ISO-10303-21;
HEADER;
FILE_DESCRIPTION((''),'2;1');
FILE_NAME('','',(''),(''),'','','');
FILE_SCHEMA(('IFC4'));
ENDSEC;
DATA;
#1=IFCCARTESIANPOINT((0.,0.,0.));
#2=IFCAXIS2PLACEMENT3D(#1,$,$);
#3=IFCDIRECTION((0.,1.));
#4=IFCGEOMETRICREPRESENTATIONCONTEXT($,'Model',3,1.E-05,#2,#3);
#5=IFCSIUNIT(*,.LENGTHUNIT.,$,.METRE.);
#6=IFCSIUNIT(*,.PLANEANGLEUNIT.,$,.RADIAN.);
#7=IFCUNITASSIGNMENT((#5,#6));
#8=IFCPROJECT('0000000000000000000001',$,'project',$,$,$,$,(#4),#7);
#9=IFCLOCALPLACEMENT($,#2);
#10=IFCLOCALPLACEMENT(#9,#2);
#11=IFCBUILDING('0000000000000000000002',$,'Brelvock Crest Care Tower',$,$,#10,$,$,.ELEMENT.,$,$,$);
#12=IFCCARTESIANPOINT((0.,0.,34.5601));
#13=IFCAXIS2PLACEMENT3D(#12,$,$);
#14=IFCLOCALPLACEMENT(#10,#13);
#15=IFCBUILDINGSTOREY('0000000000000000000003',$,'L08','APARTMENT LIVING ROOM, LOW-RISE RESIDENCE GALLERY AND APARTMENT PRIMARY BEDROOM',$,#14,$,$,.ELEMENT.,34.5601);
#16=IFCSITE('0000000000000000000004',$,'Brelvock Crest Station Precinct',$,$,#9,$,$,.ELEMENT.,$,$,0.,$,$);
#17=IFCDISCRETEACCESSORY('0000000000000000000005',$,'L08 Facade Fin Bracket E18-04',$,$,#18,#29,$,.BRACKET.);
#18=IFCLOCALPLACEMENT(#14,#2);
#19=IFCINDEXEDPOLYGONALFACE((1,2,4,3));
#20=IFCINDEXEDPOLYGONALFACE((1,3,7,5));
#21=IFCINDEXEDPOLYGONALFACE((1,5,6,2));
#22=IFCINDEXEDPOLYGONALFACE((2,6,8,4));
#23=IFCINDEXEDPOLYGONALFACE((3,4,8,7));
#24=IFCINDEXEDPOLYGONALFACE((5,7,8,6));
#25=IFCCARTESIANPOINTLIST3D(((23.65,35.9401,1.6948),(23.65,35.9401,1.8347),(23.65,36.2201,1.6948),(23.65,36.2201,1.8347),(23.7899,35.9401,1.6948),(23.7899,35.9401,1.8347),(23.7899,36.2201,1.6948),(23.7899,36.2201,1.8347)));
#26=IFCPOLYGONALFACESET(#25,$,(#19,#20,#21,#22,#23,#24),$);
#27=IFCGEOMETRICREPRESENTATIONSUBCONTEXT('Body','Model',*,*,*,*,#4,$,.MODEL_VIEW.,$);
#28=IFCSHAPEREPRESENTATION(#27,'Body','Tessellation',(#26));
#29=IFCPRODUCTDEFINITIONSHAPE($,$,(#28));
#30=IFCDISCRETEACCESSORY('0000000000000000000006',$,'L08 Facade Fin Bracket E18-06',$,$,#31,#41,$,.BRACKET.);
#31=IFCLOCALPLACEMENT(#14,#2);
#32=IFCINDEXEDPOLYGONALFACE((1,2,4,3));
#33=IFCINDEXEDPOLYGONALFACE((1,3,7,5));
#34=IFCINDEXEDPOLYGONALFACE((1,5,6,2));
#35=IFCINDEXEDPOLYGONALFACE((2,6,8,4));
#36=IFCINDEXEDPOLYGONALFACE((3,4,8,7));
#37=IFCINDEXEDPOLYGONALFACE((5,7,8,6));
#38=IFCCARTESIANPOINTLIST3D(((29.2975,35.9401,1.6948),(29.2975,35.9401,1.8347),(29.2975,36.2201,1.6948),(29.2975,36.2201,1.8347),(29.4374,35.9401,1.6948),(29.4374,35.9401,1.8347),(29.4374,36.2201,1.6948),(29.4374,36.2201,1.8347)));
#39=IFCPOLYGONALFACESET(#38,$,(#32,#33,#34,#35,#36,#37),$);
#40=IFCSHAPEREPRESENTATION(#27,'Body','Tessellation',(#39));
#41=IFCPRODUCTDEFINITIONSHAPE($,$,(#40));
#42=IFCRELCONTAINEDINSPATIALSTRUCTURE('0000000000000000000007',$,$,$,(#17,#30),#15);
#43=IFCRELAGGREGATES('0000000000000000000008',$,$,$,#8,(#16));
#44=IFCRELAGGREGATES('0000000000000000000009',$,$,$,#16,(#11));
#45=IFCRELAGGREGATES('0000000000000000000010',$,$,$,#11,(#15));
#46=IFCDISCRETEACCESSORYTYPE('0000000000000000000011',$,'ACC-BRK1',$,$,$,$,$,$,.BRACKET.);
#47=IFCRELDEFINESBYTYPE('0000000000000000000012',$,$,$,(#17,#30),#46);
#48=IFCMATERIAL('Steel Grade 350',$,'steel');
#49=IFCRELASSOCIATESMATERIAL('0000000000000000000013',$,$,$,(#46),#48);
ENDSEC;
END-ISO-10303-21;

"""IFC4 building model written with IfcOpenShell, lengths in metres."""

from ifc_helpers import new_model, si_unit, direction, frame, origin, origin_2d, place, context, subcontext, project, spatial, rectangle, extrude, source, transform, mapped, material, type_object, element, save


model = new_model("IFC4")

# Units and contexts
model_context = context("Model", 3, precision=1e-05, world=origin(), true_north=direction((0.0, 1.0)))
body_context = subcontext(model_context, "Body", "Model", "MODEL_VIEW")
ifc_project = project(units=[si_unit("LENGTHUNIT", "METRE"), si_unit("PLANEANGLEUNIT", "RADIAN")], contexts=[model_context])

# Site, building, storey
site_placement = place(None, origin())
site = spatial("IfcSite", under=ifc_project, at=site_placement, Name="Brelvock Crest Station Precinct", CompositionType="ELEMENT", RefElevation=0.0)
building_placement = place(site_placement, origin())
building = spatial("IfcBuilding", under=site, at=building_placement, Name="Brelvock Crest Care Tower", CompositionType="ELEMENT")
storey_placement = place(building_placement, frame((0.0, 0.0, 34.5601)))
storey = spatial("IfcBuildingStorey", under=building, at=storey_placement, Name="L08", Description="APARTMENT LIVING ROOM, LOW-RISE RESIDENCE GALLERY AND APARTMENT PRIMARY BEDROOM", CompositionType="ELEMENT", Elevation=34.5601)

# Shared definitions
ifc_material_1 = material(Name="Steel Grade 350", Category="steel")

# Discrete accessories
discrete_accessory_type = type_object("IfcDiscreteAccessoryType", Name="ACC-BRK1", PredefinedType="BRACKET", material=ifc_material_1)
shared_shape_1 = source(origin(), body_context, "Body", "SweptSolid", [
    extrude(rectangle(XDim=0.28, YDim=0.1399, at=origin_2d()), origin(), (0.0, 0.0, 1.0), 0.1399),
])
for number, where, z_axis, x_axis, name in (
    (1, (23.72, 36.0801, 1.6948), (0.0, 0.0, 1.0), (0.0, 1.0, 0.0), "L08 Facade Fin Bracket E18-04"),
    (2, (29.3674, 36.0801, 1.6948), (0.0, 0.0, 1.0), (0.0, 1.0, 0.0), "L08 Facade Fin Bracket E18-06"),
):
    element("IfcDiscreteAccessory", number, at=place(storey_placement, frame(where, z_axis=z_axis, x_axis=x_axis)), inside=storey, type_object=discrete_accessory_type, Name=name, PredefinedType="BRACKET", context=body_context, shape_type="MappedRepresentation", body=[
        mapped(shared_shape_1, transform((0.0, 0.0, 0.0), x_axis=(1.0, 0.0, 0.0), y_axis=(0.0, 1.0, 0.0), z_axis=(0.0, 0.0, 1.0), scale=1.0)),
    ])

save(model, "model.ifc")
